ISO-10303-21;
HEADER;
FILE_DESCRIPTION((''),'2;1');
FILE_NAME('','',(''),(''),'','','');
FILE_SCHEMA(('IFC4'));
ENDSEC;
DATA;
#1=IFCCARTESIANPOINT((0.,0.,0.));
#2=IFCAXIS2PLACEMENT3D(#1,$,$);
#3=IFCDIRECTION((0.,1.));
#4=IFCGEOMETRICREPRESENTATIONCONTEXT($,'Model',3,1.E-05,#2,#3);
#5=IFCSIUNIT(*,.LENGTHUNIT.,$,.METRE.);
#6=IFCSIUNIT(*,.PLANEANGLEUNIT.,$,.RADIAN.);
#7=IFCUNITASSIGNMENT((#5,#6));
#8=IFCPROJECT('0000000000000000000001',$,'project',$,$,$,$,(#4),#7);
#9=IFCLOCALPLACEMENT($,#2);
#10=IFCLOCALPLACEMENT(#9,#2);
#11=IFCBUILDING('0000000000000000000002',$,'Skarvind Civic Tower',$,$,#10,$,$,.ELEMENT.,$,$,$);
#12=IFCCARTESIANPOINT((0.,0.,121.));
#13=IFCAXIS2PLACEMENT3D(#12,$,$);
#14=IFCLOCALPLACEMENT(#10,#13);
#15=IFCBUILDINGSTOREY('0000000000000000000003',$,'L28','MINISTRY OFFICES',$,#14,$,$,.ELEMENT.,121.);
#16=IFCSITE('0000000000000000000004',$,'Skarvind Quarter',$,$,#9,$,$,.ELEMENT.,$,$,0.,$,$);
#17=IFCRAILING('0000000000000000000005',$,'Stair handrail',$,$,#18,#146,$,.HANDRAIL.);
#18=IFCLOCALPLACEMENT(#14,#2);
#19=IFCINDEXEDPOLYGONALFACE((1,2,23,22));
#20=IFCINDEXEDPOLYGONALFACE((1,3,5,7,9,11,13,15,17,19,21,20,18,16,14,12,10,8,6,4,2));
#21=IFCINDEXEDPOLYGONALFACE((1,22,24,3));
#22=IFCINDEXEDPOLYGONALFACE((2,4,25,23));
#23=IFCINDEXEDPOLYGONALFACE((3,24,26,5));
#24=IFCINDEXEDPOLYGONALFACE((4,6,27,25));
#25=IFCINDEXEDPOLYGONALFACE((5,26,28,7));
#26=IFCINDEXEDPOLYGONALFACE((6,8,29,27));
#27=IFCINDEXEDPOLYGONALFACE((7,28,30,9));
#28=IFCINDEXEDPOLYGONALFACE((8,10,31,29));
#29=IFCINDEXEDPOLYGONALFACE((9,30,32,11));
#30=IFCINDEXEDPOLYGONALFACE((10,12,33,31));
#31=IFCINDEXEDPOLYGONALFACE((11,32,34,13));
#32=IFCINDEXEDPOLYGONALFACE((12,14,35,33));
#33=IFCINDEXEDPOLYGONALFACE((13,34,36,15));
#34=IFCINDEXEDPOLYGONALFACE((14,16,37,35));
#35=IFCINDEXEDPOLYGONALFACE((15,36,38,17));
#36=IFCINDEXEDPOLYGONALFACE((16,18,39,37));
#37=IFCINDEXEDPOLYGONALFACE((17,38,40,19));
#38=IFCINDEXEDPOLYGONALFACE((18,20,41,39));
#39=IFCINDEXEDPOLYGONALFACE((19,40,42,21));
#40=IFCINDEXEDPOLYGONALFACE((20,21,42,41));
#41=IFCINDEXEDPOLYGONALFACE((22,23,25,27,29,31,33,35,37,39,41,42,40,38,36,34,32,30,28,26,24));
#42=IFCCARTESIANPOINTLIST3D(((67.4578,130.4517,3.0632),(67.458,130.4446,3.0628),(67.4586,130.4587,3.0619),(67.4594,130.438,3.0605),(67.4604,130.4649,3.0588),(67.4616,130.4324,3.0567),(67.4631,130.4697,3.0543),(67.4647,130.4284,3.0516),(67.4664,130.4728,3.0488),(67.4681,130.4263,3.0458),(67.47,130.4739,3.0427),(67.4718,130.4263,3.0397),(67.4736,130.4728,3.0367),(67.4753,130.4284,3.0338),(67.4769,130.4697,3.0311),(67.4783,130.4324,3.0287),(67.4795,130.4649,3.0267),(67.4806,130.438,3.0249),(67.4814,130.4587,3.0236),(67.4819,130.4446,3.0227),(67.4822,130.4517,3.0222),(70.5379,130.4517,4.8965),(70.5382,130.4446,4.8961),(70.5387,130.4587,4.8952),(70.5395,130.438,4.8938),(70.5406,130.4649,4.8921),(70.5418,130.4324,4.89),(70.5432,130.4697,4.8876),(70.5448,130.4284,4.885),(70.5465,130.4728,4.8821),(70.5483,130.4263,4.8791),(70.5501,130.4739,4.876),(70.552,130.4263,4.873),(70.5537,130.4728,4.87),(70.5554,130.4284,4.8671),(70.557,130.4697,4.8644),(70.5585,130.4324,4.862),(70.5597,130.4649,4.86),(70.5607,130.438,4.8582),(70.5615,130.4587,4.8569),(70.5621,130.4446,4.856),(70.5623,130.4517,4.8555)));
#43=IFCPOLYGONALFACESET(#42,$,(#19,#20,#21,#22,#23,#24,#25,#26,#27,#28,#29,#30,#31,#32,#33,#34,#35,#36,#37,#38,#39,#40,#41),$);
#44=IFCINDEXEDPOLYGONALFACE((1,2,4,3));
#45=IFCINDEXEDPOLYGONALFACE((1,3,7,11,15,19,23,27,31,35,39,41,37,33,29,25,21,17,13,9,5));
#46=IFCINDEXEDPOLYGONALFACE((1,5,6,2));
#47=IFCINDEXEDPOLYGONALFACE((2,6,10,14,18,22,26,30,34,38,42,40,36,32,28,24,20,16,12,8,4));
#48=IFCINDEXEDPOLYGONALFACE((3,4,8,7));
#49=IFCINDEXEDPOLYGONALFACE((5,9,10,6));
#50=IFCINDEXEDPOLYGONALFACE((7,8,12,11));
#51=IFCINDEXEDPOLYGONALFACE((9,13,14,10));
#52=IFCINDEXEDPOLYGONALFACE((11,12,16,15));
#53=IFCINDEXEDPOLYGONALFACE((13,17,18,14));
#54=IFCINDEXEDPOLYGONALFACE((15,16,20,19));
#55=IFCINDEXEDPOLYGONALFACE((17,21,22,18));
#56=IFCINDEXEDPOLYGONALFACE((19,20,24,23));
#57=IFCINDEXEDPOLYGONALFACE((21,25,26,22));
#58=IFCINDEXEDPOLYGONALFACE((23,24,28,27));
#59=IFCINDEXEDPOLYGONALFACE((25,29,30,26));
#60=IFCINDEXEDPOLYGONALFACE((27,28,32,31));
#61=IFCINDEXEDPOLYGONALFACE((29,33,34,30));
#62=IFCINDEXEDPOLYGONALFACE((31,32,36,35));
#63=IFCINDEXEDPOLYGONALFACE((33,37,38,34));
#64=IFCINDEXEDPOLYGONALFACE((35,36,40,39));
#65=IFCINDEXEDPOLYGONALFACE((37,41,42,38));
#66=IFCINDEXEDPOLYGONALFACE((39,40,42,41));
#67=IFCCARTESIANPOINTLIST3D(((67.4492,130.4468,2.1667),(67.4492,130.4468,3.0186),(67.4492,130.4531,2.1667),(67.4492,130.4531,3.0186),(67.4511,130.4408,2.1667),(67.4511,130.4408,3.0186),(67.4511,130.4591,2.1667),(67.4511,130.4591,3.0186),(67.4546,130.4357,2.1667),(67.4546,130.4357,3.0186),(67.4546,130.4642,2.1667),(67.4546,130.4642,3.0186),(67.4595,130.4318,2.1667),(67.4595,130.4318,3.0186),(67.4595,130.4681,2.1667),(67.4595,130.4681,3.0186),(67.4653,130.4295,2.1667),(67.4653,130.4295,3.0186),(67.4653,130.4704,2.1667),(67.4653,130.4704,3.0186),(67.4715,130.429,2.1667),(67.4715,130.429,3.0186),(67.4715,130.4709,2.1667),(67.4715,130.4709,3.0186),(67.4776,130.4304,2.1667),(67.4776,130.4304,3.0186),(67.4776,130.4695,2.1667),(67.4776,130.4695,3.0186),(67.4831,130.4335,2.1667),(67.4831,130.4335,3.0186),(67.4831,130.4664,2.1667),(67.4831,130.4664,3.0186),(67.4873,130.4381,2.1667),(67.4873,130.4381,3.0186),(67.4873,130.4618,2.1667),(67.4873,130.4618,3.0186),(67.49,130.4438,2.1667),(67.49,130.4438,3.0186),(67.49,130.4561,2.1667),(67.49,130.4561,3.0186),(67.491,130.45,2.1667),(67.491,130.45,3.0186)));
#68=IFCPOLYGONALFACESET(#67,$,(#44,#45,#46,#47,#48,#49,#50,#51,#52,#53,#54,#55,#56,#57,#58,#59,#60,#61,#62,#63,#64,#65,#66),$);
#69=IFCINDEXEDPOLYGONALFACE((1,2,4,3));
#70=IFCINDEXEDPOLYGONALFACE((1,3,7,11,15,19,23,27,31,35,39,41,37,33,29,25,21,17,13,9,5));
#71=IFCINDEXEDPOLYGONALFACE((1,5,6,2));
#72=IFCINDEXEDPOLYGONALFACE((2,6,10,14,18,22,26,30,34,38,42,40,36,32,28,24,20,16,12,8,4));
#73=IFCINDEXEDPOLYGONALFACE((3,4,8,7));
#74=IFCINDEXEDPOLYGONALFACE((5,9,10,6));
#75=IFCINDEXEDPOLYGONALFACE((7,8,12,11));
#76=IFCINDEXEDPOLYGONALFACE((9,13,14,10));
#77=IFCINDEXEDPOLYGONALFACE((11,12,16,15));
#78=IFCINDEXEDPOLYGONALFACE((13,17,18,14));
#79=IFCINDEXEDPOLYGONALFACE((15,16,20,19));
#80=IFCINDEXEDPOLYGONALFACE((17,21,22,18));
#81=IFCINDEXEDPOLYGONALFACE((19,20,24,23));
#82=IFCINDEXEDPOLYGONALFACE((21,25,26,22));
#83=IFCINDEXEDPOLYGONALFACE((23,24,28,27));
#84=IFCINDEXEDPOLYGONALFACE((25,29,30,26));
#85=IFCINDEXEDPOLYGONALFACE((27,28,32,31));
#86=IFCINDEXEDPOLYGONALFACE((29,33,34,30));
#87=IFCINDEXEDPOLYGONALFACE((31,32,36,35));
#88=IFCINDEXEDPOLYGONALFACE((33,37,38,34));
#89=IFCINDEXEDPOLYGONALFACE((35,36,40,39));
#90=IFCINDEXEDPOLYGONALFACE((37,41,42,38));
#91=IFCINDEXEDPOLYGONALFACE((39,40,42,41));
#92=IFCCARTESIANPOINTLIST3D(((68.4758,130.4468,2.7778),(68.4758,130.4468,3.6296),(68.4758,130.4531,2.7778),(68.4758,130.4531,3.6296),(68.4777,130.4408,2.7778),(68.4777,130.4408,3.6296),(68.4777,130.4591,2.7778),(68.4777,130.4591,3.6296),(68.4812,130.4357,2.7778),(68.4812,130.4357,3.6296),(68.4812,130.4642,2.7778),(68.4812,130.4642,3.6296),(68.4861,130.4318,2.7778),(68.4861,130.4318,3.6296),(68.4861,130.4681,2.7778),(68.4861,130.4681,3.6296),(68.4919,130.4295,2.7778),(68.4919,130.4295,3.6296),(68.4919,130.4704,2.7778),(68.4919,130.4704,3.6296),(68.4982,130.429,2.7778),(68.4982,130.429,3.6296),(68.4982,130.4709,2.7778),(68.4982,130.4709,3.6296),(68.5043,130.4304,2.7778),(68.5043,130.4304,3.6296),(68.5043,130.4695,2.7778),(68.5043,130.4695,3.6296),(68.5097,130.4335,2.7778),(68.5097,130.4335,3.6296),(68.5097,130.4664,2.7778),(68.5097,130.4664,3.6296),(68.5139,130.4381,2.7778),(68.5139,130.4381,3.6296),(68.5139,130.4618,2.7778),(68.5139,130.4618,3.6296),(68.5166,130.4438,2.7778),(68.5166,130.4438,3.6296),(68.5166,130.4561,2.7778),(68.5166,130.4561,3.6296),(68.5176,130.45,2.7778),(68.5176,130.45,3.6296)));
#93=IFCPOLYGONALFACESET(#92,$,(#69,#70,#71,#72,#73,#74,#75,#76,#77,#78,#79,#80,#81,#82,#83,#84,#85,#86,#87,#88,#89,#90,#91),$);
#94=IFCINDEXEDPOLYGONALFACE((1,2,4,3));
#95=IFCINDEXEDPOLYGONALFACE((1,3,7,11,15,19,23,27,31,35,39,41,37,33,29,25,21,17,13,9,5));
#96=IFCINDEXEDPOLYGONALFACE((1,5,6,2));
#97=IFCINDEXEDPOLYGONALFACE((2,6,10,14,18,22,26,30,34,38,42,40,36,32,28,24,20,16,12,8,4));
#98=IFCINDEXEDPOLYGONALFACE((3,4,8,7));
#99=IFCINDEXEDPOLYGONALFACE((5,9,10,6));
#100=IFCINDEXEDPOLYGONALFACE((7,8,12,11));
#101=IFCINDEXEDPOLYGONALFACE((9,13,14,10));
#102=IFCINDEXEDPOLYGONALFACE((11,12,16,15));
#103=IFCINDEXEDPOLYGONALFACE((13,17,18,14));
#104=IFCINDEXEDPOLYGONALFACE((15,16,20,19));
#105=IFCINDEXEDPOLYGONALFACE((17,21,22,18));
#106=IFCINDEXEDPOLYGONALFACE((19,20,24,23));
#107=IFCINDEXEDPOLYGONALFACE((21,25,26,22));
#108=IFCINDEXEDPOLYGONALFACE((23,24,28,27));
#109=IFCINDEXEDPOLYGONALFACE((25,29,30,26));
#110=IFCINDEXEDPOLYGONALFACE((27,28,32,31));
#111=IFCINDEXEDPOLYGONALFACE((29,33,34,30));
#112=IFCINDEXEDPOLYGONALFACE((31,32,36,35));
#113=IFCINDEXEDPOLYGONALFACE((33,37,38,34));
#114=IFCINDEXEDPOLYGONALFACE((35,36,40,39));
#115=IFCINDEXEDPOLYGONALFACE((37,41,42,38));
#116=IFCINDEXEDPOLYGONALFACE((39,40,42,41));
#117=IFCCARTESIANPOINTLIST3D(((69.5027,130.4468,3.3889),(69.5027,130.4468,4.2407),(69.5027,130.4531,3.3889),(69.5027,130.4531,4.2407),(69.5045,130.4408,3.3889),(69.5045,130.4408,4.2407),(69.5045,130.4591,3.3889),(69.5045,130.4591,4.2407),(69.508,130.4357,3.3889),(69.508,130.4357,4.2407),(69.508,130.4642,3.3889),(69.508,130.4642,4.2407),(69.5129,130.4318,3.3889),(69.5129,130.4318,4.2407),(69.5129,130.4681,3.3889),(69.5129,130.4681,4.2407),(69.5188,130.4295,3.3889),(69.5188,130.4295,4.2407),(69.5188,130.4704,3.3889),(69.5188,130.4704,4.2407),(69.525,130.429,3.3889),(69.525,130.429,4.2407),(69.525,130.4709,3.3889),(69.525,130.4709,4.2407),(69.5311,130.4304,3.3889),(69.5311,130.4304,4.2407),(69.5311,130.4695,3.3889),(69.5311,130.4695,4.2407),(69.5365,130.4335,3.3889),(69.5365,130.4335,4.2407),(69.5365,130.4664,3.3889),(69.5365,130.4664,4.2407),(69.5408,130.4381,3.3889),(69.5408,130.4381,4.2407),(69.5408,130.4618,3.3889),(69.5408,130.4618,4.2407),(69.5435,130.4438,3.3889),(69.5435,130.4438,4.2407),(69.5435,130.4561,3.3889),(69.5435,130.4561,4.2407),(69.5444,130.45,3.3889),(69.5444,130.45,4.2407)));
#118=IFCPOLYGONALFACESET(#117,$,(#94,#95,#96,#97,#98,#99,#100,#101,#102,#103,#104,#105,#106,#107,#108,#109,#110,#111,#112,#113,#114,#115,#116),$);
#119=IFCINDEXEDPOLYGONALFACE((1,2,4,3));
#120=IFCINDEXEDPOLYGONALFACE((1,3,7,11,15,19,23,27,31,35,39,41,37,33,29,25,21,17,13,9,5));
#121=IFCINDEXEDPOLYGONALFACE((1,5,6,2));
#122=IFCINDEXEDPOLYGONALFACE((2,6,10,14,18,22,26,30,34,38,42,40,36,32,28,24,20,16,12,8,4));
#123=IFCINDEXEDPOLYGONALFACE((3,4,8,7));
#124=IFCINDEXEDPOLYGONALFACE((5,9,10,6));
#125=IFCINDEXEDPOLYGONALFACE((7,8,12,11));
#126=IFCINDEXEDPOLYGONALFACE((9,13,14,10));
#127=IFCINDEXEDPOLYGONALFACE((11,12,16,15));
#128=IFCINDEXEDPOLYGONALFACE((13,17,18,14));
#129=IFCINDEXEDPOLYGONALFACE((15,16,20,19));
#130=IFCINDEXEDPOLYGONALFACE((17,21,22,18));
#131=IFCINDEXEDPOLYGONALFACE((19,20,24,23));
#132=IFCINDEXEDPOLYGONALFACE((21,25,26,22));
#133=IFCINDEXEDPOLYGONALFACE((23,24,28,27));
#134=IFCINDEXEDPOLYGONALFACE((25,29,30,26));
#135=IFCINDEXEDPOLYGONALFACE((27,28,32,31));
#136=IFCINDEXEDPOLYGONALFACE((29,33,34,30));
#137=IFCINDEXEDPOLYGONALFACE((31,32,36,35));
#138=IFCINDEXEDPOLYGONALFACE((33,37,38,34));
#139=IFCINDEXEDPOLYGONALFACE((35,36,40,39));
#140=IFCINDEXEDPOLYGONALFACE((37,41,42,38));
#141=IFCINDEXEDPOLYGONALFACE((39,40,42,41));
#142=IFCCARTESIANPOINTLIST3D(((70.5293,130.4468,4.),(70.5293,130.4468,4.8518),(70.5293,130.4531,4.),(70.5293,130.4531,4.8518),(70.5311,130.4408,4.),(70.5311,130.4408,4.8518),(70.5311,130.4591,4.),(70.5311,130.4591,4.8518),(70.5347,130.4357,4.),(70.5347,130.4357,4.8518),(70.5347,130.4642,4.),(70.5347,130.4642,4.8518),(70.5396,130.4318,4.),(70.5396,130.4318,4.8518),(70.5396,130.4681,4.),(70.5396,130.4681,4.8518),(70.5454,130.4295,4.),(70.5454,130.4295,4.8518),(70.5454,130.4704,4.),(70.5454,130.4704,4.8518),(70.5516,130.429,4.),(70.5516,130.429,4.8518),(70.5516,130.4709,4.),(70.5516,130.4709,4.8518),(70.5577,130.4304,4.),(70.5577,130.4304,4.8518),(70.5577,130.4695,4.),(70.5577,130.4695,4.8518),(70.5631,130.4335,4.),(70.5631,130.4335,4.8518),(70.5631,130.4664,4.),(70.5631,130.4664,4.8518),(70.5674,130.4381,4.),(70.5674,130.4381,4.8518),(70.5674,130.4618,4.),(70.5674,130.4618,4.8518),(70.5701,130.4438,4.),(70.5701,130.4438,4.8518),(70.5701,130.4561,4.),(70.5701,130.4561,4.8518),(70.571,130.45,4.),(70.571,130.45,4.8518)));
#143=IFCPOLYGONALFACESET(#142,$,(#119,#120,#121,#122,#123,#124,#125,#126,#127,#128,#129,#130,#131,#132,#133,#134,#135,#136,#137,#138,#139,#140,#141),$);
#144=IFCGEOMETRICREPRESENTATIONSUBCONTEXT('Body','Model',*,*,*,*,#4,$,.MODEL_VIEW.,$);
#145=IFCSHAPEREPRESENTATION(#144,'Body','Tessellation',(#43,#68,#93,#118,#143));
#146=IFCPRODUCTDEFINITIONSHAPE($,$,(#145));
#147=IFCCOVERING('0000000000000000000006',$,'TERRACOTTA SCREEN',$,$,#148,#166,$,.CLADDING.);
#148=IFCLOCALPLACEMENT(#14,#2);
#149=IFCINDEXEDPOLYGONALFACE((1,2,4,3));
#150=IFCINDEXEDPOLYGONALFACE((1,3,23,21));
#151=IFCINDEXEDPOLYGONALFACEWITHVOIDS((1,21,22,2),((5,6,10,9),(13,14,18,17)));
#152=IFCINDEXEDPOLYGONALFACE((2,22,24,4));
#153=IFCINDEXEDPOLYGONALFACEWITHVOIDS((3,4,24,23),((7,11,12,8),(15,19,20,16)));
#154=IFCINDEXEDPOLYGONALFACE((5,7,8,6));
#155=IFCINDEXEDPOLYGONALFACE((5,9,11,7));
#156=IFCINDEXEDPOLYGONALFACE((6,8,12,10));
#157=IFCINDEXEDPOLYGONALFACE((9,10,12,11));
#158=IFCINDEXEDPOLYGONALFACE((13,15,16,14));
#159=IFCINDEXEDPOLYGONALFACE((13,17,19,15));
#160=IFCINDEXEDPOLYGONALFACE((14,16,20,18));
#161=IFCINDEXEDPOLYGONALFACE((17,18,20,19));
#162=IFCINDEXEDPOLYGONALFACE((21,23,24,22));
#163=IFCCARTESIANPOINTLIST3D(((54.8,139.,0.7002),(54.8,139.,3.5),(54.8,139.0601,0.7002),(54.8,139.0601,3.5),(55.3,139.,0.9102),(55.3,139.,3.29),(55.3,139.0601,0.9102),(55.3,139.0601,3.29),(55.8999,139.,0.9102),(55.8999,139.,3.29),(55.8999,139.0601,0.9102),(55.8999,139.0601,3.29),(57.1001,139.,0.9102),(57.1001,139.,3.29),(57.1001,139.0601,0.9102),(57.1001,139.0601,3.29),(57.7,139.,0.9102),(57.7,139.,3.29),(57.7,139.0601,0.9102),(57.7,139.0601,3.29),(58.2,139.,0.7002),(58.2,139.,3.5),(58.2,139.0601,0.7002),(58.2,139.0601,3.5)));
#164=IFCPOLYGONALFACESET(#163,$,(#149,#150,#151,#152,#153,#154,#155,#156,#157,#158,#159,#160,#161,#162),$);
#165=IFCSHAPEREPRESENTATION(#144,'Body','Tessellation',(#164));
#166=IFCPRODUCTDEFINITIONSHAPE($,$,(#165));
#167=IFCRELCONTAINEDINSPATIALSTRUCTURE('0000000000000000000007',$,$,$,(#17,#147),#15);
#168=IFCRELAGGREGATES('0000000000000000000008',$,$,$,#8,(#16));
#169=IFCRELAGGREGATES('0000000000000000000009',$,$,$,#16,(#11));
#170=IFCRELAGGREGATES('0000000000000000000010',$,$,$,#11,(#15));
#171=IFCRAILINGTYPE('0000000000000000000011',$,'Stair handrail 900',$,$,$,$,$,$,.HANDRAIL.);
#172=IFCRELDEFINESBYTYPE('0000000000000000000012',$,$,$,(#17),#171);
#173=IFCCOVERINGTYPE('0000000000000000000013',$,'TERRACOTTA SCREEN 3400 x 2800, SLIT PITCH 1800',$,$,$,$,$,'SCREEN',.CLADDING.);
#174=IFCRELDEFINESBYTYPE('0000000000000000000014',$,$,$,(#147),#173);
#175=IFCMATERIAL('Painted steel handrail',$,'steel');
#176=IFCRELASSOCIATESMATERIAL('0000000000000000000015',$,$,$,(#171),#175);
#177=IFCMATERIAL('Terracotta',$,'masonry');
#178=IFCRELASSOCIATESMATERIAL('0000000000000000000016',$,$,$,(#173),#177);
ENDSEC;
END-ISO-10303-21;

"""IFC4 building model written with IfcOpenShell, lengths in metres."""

from ifc_helpers import new_model, si_unit, direction, frame, origin, origin_2d, place, context, subcontext, project, spatial, polyline, circle, outline, extrude, material, material_profile, profile_set, type_object, element, save


model = new_model("IFC4")

# Units and contexts
model_context = context("Model", 3, precision=1e-05, world=origin(), true_north=direction((0.0, 1.0)))
body_context = subcontext(model_context, "Body", "Model", "MODEL_VIEW")
ifc_project = project(units=[si_unit("LENGTHUNIT", "METRE"), si_unit("PLANEANGLEUNIT", "RADIAN")], contexts=[model_context])

# Site, building, storey
site_placement = place(None, origin())
site = spatial("IfcSite", under=ifc_project, at=site_placement, Name="Skarvind Quarter", CompositionType="ELEMENT", RefElevation=0.0)
building_placement = place(site_placement, origin())
building = spatial("IfcBuilding", under=site, at=building_placement, Name="Skarvind Civic Tower", CompositionType="ELEMENT")
storey_placement = place(building_placement, frame((0.0, 0.0, 121.0)))
storey = spatial("IfcBuildingStorey", under=building, at=storey_placement, Name="L28", Description="MINISTRY OFFICES", CompositionType="ELEMENT", Elevation=121.0)

# Railing
ifc_material_1 = material(Name="Painted steel handrail", Category="steel")
railing_type = type_object("IfcRailingType", Name="Stair handrail 900", PredefinedType="HANDRAIL", material=ifc_material_1)
railing_placement = place(storey_placement, frame((67.47, 130.45, 2.1667)))
element("IfcRailing", 1, at=railing_placement, inside=storey, type_object=railing_type, Name="Stair handrail", PredefinedType="HANDRAIL", context=body_context, shape_type="SweptSolid", body=[
    extrude(circle(Radius=0.0239, at=origin_2d()), frame((0.0, 0.0, 0.876), z_axis=(0.859309, 0.0, 0.511458), x_axis=(0.0, 1.0, 0.0)), (0.0, 0.0, 1.0), 3.5845),
    extrude(circle(Radius=0.021, at=origin_2d()), origin(), (0.0, 0.0, 1.0), 0.8518),
    extrude(circle(Radius=0.021, at=origin_2d()), frame((1.0266, 0.0, 0.6111)), (0.0, 0.0, 1.0), 0.8518),
    extrude(circle(Radius=0.021, at=origin_2d()), frame((2.0535, 0.0, 1.2222)), (0.0, 0.0, 1.0), 0.8518),
    extrude(circle(Radius=0.021, at=origin_2d()), frame((3.0801, 0.0, 1.8333)), (0.0, 0.0, 1.0), 0.8518),
])

# Covering
ifc_material_2 = material(Name="Terracotta", Category="masonry")
ifc_material_profile_1 = material_profile(ifc_material_2, outline(polyline([(-1.7, -1.3999), (1.7, -1.3999), (1.7, 1.3999), (-1.7, 1.3999), (-1.7, -1.3999)]), holes=[polyline([(-1.2, -1.1899), (-0.6001, -1.1899), (-0.6001, 1.1899), (-1.2, 1.1899), (-1.2, -1.1899)]), polyline([(0.6001, -1.1899), (1.2, -1.1899), (1.2, 1.1899), (0.6001, 1.1899), (0.6001, -1.1899)])]), Name="TERRACOTTA SCREEN 3400 x 2800, SLIT PITCH 1800")
ifc_profile_set_1 = profile_set([ifc_material_profile_1], Name="Terracotta")
covering_type = type_object("IfcCoveringType", Name="TERRACOTTA SCREEN 3400 x 2800, SLIT PITCH 1800", ElementType="SCREEN", PredefinedType="CLADDING", material=ifc_profile_set_1)
covering_placement = place(storey_placement, frame((56.5, 139.0, 2.1001), z_axis=(0.0, 1.0, 0.0), x_axis=(-1.0, 0.0, 0.0)))
element("IfcCovering", 2, at=covering_placement, inside=storey, type_object=covering_type, Name="TERRACOTTA SCREEN", PredefinedType="CLADDING", context=body_context, shape_type="SweptSolid", body=[
    extrude(outline(polyline([(-1.7, -1.3999), (1.7, -1.3999), (1.7, 1.3999), (-1.7, 1.3999), (-1.7, -1.3999)]), holes=[polyline([(-1.2, -1.1899), (-0.6001, -1.1899), (-0.6001, 1.1899), (-1.2, 1.1899), (-1.2, -1.1899)]), polyline([(0.6001, -1.1899), (1.2, -1.1899), (1.2, 1.1899), (0.6001, 1.1899), (0.6001, -1.1899)])]), origin(), (0.0, 0.0, 1.0), 0.0601),
])

save(model, "model.ifc")
